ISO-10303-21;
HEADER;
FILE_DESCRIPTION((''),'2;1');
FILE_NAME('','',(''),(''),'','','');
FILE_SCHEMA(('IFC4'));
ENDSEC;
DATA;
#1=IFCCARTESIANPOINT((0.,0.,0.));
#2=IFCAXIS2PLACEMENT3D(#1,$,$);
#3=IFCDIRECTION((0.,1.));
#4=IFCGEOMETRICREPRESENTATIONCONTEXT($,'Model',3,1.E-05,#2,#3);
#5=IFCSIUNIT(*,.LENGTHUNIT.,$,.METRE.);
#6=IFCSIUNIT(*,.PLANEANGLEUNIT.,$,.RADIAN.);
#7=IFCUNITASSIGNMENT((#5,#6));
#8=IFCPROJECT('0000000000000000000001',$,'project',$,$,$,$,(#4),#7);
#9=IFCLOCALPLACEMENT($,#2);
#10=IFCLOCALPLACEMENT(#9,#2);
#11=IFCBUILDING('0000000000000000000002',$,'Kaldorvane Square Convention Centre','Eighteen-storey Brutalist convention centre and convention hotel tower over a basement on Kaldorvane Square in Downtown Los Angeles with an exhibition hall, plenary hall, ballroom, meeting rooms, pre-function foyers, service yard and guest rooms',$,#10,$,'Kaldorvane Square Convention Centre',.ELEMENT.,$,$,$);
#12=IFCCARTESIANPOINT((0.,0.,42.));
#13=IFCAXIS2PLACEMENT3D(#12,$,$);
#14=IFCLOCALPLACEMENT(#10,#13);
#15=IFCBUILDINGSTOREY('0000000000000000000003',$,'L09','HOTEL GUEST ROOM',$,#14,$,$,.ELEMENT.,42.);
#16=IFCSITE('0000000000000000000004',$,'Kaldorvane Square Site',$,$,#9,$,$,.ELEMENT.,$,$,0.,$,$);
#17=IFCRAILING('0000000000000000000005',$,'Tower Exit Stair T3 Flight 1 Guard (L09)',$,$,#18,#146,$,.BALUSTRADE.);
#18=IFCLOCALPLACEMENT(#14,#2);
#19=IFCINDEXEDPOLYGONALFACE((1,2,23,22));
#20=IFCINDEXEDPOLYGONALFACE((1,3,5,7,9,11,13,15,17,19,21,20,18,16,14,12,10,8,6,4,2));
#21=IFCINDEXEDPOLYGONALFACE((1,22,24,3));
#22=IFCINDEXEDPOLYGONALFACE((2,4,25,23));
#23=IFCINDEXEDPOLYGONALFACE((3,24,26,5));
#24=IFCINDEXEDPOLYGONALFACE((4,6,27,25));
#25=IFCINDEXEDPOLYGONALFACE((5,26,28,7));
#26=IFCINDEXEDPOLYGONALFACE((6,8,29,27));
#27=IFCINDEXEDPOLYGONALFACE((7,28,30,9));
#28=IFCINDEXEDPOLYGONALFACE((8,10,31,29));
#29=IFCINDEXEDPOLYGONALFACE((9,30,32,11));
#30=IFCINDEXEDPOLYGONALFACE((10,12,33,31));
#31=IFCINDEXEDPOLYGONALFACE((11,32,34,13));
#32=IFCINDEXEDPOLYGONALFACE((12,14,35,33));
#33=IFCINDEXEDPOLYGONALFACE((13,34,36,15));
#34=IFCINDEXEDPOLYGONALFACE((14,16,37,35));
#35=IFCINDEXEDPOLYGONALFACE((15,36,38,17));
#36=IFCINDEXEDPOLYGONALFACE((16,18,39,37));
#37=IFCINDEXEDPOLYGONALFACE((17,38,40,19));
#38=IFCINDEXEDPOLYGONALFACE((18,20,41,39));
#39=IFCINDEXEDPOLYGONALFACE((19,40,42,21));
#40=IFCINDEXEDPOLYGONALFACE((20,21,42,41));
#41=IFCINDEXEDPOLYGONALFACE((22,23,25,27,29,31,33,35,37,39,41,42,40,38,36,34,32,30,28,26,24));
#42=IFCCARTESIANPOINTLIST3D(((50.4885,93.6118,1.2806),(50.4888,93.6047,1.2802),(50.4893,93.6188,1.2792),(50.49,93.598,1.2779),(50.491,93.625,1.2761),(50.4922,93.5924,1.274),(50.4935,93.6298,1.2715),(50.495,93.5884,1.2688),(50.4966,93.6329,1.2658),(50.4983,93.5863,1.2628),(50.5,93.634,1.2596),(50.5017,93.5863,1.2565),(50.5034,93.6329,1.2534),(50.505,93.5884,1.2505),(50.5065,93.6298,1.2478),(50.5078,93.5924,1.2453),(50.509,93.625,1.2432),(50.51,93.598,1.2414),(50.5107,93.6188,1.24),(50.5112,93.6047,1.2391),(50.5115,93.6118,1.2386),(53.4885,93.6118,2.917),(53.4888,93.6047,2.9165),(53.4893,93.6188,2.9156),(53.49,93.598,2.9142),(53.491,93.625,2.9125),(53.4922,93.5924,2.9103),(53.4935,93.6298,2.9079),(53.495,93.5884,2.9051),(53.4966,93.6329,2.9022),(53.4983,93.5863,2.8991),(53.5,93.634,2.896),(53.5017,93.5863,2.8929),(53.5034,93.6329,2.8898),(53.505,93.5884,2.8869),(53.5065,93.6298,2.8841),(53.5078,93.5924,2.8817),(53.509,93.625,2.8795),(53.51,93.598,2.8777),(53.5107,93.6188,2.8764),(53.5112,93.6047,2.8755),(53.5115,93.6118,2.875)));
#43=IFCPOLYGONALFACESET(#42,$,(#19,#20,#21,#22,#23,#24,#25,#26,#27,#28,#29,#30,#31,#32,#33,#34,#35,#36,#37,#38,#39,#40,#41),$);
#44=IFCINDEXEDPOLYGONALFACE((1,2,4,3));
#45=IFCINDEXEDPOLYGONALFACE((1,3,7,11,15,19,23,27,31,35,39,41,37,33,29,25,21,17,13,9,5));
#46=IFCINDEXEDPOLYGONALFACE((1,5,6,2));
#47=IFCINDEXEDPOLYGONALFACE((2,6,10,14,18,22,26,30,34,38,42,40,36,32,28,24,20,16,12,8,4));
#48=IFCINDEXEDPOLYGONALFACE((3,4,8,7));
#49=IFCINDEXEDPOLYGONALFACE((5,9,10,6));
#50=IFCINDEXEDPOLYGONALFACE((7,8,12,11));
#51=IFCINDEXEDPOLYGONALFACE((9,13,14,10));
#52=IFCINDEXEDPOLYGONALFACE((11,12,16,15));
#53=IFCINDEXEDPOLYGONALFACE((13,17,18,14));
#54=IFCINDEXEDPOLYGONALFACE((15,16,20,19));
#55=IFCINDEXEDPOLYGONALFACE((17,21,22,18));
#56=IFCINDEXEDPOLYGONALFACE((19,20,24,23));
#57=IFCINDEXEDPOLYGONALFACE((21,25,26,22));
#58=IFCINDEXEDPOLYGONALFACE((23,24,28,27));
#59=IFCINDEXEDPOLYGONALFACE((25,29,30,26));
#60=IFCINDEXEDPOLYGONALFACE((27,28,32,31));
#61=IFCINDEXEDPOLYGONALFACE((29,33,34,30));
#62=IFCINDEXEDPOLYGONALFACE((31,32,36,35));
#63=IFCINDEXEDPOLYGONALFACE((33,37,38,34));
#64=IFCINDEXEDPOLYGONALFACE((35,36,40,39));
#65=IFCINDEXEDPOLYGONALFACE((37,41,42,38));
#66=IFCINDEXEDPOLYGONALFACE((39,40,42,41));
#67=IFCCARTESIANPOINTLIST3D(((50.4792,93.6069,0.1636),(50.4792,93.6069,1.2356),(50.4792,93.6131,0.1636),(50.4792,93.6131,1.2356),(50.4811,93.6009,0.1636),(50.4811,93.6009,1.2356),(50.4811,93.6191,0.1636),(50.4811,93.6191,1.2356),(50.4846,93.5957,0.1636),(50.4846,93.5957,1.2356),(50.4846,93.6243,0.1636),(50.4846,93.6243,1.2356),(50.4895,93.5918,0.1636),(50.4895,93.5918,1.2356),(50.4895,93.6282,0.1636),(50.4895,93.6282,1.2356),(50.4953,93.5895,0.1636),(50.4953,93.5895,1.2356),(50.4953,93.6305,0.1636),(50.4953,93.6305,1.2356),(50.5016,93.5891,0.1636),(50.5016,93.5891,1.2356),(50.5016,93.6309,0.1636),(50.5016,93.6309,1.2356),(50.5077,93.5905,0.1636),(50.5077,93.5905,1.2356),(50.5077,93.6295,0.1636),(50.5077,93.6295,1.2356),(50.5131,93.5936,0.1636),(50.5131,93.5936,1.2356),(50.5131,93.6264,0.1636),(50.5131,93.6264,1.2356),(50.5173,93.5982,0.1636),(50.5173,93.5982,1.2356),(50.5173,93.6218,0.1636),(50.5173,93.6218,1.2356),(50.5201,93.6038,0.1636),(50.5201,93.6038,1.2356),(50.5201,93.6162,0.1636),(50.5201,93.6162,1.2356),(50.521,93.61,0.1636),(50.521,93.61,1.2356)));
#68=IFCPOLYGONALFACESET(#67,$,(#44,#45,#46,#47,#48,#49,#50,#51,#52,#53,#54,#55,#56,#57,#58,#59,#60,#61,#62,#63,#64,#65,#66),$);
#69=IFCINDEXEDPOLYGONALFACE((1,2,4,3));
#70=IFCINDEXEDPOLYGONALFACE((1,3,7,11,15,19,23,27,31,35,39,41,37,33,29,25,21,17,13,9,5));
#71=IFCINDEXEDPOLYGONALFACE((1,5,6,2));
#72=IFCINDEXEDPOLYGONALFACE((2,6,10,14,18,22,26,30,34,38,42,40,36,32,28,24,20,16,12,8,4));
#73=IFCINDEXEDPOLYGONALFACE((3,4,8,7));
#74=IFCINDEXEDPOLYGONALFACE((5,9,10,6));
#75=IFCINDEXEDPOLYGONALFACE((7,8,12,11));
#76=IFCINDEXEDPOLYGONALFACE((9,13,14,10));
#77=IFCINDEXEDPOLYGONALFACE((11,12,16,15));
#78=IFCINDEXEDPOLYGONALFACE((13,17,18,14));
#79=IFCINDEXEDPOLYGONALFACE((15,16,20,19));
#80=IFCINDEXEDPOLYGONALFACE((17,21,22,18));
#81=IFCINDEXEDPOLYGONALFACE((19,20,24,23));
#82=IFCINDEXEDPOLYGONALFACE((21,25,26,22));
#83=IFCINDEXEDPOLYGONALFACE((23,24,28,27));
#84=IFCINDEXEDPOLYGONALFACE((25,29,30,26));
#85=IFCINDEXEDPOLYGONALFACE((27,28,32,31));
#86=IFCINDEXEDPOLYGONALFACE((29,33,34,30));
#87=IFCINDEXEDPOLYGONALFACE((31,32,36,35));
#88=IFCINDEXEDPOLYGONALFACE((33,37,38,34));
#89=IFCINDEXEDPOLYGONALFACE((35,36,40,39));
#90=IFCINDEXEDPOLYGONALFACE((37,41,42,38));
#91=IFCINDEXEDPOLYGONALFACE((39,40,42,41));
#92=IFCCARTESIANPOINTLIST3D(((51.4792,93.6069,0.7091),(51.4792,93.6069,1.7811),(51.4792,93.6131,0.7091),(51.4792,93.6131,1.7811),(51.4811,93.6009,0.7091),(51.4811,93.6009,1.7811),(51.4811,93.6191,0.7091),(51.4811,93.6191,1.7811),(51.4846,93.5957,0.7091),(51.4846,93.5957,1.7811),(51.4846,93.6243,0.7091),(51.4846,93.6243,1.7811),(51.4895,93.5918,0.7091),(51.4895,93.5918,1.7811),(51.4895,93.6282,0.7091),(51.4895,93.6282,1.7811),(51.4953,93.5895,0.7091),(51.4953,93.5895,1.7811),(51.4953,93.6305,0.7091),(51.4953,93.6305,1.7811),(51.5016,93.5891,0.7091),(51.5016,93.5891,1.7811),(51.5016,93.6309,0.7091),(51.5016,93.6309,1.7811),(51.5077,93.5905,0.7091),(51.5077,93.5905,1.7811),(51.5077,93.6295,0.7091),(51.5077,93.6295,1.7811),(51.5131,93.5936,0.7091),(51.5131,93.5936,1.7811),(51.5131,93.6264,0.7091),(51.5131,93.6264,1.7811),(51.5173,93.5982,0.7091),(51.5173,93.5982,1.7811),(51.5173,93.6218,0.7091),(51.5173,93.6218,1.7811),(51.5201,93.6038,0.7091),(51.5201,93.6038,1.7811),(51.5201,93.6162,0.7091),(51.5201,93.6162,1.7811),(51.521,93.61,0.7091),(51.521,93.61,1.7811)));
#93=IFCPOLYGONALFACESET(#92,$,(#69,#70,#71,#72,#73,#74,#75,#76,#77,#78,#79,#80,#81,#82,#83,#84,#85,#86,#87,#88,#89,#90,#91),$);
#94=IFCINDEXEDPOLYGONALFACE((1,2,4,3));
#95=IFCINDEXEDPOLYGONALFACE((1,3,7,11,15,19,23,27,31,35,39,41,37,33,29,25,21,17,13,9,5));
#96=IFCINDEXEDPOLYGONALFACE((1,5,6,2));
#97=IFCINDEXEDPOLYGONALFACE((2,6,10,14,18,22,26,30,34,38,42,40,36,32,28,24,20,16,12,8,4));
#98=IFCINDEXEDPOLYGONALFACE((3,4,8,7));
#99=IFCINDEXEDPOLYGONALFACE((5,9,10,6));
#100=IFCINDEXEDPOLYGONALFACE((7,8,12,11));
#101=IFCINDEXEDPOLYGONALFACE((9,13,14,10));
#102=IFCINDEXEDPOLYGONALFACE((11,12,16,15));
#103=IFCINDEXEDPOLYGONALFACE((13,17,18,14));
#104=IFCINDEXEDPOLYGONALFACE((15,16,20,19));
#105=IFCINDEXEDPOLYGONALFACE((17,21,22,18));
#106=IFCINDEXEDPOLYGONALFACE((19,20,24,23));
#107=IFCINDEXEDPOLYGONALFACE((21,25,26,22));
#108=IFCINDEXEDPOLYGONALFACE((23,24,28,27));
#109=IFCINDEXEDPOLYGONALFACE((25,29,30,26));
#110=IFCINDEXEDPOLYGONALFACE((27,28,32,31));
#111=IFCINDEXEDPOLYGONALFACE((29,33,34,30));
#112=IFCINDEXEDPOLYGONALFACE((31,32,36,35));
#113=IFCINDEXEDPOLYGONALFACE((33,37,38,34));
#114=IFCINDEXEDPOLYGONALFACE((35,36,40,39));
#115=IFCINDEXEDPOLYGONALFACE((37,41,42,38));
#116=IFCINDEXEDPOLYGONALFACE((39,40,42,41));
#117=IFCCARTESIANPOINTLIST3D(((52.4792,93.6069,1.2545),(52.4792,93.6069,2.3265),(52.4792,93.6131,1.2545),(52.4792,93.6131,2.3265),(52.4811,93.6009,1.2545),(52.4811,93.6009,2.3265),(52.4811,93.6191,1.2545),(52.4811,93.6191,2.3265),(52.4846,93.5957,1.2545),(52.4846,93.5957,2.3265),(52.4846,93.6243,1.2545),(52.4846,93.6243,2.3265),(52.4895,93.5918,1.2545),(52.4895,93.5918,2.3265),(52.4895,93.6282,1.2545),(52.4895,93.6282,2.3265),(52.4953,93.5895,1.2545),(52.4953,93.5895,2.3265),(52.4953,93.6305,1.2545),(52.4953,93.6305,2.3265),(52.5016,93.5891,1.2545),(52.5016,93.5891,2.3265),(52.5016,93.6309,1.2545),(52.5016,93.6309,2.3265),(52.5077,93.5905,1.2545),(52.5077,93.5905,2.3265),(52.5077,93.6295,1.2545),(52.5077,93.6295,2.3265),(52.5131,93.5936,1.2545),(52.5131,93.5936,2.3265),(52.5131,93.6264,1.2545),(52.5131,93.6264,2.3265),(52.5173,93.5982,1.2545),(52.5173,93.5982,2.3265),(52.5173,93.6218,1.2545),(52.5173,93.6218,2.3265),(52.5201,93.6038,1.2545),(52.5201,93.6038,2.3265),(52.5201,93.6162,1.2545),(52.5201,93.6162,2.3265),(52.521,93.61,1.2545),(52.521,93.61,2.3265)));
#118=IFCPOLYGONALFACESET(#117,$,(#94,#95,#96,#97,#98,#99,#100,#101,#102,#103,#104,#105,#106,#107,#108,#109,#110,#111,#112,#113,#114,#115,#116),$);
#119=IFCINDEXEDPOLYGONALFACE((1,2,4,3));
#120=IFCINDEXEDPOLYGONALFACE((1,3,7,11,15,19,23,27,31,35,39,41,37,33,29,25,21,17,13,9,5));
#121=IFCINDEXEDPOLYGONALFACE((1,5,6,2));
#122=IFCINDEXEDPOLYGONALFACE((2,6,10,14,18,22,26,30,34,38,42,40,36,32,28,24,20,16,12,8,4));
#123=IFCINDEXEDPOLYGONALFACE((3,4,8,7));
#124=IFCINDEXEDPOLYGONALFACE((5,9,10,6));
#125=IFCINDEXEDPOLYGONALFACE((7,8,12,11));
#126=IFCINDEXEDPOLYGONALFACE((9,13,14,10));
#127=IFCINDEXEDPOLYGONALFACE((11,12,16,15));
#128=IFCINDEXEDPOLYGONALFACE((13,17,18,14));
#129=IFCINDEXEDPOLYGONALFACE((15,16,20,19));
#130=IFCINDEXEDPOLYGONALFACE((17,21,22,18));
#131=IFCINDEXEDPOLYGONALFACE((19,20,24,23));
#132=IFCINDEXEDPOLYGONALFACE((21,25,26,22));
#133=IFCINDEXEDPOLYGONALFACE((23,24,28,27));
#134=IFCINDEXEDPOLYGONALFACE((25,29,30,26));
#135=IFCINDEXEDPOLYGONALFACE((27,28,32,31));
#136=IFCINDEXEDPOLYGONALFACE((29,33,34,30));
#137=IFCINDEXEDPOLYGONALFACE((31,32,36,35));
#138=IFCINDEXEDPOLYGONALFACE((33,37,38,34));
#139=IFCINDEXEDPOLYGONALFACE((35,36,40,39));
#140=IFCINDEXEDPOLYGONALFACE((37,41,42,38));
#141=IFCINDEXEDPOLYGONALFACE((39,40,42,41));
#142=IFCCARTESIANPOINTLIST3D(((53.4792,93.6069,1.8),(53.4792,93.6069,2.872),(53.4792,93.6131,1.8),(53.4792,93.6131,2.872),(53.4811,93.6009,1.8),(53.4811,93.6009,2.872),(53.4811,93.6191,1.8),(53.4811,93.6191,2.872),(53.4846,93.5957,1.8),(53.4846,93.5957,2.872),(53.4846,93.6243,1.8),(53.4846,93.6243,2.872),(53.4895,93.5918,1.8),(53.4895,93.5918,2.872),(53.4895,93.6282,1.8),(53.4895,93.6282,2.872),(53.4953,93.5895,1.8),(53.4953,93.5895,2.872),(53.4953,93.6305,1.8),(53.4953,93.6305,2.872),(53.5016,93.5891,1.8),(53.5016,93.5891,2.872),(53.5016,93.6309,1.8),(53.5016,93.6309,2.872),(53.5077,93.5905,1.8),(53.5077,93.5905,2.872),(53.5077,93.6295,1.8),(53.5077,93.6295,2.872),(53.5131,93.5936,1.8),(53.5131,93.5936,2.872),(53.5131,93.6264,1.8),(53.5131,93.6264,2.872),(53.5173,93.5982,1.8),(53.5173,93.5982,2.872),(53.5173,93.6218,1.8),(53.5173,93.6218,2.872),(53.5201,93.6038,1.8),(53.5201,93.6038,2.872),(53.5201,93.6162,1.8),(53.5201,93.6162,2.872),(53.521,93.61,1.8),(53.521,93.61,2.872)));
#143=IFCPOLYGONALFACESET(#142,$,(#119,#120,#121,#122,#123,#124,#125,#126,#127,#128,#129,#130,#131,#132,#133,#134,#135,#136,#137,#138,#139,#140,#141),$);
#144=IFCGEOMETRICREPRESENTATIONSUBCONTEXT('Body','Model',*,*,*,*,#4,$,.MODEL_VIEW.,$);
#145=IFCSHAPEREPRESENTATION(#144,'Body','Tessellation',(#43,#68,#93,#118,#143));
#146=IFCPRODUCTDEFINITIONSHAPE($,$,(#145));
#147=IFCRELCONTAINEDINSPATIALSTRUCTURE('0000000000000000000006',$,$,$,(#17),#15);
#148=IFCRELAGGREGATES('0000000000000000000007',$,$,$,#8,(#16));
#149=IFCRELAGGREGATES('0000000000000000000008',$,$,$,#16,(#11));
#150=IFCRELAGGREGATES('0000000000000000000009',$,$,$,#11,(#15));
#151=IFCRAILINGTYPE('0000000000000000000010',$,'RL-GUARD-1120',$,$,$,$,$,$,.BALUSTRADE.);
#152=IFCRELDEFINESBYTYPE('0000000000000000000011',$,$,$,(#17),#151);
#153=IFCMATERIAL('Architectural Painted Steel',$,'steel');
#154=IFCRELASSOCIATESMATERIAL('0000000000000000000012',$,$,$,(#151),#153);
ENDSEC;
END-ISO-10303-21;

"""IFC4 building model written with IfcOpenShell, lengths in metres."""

from ifc_helpers import new_model, si_unit, direction, frame, origin, origin_2d, place, context, subcontext, project, spatial, circle, extrude, material, type_object, element, save


model = new_model("IFC4")

# Units and contexts
model_context = context("Model", 3, precision=1e-05, world=origin(), true_north=direction((0.0, 1.0)))
body_context = subcontext(model_context, "Body", "Model", "MODEL_VIEW")
ifc_project = project(units=[si_unit("LENGTHUNIT", "METRE"), si_unit("PLANEANGLEUNIT", "RADIAN")], contexts=[model_context])

# Site, building, storey
site_placement = place(None, origin())
site = spatial("IfcSite", under=ifc_project, at=site_placement, Name="Kaldorvane Square Site", CompositionType="ELEMENT", RefElevation=0.0)
building_placement = place(site_placement, origin())
building = spatial("IfcBuilding", under=site, at=building_placement, Name="Kaldorvane Square Convention Centre", Description="Eighteen-storey Brutalist convention centre and convention hotel tower over a basement on Kaldorvane Square in Downtown Los Angeles with an exhibition hall, plenary hall, ballroom, meeting rooms, pre-function foyers, service yard and guest rooms", LongName="Kaldorvane Square Convention Centre", CompositionType="ELEMENT")
storey_placement = place(building_placement, frame((0.0, 0.0, 42.0)))
storey = spatial("IfcBuildingStorey", under=building, at=storey_placement, Name="L09", Description="HOTEL GUEST ROOM", CompositionType="ELEMENT", Elevation=42.0)

# Railing
ifc_material_1 = material(Name="Architectural Painted Steel", Category="steel")
railing_type_1 = type_object("IfcRailingType", Name="RL-GUARD-1120", PredefinedType="BALUSTRADE", material=ifc_material_1)
railing_1_placement = place(storey_placement, frame((50.5, 93.61, 0.1636)))
element("IfcRailing", 1, at=railing_1_placement, inside=storey, type_object=railing_type_1, Name="Tower Exit Stair T3 Flight 1 Guard (L09)", PredefinedType="BALUSTRADE", context=body_context, shape_type="SweptSolid", body=[
    extrude(circle(Radius=0.024, at=origin_2d()), frame((0.0, 0.0, 1.096), z_axis=(0.877895, 0.0, 0.478853), x_axis=(0.0, 1.0, 0.0)), (0.0, 0.0, 1.0), 3.4173),
    extrude(circle(Radius=0.021, at=origin_2d()), origin(), (0.0, 0.0, 1.0), 1.072),
    extrude(circle(Radius=0.021, at=origin_2d()), frame((1.0, 0.0, 0.5455)), (0.0, 0.0, 1.0), 1.072),
    extrude(circle(Radius=0.021, at=origin_2d()), frame((2.0, 0.0, 1.0909)), (0.0, 0.0, 1.0), 1.072),
    extrude(circle(Radius=0.021, at=origin_2d()), frame((3.0, 0.0, 1.6364)), (0.0, 0.0, 1.0), 1.072),
])

save(model, "model.ifc")
